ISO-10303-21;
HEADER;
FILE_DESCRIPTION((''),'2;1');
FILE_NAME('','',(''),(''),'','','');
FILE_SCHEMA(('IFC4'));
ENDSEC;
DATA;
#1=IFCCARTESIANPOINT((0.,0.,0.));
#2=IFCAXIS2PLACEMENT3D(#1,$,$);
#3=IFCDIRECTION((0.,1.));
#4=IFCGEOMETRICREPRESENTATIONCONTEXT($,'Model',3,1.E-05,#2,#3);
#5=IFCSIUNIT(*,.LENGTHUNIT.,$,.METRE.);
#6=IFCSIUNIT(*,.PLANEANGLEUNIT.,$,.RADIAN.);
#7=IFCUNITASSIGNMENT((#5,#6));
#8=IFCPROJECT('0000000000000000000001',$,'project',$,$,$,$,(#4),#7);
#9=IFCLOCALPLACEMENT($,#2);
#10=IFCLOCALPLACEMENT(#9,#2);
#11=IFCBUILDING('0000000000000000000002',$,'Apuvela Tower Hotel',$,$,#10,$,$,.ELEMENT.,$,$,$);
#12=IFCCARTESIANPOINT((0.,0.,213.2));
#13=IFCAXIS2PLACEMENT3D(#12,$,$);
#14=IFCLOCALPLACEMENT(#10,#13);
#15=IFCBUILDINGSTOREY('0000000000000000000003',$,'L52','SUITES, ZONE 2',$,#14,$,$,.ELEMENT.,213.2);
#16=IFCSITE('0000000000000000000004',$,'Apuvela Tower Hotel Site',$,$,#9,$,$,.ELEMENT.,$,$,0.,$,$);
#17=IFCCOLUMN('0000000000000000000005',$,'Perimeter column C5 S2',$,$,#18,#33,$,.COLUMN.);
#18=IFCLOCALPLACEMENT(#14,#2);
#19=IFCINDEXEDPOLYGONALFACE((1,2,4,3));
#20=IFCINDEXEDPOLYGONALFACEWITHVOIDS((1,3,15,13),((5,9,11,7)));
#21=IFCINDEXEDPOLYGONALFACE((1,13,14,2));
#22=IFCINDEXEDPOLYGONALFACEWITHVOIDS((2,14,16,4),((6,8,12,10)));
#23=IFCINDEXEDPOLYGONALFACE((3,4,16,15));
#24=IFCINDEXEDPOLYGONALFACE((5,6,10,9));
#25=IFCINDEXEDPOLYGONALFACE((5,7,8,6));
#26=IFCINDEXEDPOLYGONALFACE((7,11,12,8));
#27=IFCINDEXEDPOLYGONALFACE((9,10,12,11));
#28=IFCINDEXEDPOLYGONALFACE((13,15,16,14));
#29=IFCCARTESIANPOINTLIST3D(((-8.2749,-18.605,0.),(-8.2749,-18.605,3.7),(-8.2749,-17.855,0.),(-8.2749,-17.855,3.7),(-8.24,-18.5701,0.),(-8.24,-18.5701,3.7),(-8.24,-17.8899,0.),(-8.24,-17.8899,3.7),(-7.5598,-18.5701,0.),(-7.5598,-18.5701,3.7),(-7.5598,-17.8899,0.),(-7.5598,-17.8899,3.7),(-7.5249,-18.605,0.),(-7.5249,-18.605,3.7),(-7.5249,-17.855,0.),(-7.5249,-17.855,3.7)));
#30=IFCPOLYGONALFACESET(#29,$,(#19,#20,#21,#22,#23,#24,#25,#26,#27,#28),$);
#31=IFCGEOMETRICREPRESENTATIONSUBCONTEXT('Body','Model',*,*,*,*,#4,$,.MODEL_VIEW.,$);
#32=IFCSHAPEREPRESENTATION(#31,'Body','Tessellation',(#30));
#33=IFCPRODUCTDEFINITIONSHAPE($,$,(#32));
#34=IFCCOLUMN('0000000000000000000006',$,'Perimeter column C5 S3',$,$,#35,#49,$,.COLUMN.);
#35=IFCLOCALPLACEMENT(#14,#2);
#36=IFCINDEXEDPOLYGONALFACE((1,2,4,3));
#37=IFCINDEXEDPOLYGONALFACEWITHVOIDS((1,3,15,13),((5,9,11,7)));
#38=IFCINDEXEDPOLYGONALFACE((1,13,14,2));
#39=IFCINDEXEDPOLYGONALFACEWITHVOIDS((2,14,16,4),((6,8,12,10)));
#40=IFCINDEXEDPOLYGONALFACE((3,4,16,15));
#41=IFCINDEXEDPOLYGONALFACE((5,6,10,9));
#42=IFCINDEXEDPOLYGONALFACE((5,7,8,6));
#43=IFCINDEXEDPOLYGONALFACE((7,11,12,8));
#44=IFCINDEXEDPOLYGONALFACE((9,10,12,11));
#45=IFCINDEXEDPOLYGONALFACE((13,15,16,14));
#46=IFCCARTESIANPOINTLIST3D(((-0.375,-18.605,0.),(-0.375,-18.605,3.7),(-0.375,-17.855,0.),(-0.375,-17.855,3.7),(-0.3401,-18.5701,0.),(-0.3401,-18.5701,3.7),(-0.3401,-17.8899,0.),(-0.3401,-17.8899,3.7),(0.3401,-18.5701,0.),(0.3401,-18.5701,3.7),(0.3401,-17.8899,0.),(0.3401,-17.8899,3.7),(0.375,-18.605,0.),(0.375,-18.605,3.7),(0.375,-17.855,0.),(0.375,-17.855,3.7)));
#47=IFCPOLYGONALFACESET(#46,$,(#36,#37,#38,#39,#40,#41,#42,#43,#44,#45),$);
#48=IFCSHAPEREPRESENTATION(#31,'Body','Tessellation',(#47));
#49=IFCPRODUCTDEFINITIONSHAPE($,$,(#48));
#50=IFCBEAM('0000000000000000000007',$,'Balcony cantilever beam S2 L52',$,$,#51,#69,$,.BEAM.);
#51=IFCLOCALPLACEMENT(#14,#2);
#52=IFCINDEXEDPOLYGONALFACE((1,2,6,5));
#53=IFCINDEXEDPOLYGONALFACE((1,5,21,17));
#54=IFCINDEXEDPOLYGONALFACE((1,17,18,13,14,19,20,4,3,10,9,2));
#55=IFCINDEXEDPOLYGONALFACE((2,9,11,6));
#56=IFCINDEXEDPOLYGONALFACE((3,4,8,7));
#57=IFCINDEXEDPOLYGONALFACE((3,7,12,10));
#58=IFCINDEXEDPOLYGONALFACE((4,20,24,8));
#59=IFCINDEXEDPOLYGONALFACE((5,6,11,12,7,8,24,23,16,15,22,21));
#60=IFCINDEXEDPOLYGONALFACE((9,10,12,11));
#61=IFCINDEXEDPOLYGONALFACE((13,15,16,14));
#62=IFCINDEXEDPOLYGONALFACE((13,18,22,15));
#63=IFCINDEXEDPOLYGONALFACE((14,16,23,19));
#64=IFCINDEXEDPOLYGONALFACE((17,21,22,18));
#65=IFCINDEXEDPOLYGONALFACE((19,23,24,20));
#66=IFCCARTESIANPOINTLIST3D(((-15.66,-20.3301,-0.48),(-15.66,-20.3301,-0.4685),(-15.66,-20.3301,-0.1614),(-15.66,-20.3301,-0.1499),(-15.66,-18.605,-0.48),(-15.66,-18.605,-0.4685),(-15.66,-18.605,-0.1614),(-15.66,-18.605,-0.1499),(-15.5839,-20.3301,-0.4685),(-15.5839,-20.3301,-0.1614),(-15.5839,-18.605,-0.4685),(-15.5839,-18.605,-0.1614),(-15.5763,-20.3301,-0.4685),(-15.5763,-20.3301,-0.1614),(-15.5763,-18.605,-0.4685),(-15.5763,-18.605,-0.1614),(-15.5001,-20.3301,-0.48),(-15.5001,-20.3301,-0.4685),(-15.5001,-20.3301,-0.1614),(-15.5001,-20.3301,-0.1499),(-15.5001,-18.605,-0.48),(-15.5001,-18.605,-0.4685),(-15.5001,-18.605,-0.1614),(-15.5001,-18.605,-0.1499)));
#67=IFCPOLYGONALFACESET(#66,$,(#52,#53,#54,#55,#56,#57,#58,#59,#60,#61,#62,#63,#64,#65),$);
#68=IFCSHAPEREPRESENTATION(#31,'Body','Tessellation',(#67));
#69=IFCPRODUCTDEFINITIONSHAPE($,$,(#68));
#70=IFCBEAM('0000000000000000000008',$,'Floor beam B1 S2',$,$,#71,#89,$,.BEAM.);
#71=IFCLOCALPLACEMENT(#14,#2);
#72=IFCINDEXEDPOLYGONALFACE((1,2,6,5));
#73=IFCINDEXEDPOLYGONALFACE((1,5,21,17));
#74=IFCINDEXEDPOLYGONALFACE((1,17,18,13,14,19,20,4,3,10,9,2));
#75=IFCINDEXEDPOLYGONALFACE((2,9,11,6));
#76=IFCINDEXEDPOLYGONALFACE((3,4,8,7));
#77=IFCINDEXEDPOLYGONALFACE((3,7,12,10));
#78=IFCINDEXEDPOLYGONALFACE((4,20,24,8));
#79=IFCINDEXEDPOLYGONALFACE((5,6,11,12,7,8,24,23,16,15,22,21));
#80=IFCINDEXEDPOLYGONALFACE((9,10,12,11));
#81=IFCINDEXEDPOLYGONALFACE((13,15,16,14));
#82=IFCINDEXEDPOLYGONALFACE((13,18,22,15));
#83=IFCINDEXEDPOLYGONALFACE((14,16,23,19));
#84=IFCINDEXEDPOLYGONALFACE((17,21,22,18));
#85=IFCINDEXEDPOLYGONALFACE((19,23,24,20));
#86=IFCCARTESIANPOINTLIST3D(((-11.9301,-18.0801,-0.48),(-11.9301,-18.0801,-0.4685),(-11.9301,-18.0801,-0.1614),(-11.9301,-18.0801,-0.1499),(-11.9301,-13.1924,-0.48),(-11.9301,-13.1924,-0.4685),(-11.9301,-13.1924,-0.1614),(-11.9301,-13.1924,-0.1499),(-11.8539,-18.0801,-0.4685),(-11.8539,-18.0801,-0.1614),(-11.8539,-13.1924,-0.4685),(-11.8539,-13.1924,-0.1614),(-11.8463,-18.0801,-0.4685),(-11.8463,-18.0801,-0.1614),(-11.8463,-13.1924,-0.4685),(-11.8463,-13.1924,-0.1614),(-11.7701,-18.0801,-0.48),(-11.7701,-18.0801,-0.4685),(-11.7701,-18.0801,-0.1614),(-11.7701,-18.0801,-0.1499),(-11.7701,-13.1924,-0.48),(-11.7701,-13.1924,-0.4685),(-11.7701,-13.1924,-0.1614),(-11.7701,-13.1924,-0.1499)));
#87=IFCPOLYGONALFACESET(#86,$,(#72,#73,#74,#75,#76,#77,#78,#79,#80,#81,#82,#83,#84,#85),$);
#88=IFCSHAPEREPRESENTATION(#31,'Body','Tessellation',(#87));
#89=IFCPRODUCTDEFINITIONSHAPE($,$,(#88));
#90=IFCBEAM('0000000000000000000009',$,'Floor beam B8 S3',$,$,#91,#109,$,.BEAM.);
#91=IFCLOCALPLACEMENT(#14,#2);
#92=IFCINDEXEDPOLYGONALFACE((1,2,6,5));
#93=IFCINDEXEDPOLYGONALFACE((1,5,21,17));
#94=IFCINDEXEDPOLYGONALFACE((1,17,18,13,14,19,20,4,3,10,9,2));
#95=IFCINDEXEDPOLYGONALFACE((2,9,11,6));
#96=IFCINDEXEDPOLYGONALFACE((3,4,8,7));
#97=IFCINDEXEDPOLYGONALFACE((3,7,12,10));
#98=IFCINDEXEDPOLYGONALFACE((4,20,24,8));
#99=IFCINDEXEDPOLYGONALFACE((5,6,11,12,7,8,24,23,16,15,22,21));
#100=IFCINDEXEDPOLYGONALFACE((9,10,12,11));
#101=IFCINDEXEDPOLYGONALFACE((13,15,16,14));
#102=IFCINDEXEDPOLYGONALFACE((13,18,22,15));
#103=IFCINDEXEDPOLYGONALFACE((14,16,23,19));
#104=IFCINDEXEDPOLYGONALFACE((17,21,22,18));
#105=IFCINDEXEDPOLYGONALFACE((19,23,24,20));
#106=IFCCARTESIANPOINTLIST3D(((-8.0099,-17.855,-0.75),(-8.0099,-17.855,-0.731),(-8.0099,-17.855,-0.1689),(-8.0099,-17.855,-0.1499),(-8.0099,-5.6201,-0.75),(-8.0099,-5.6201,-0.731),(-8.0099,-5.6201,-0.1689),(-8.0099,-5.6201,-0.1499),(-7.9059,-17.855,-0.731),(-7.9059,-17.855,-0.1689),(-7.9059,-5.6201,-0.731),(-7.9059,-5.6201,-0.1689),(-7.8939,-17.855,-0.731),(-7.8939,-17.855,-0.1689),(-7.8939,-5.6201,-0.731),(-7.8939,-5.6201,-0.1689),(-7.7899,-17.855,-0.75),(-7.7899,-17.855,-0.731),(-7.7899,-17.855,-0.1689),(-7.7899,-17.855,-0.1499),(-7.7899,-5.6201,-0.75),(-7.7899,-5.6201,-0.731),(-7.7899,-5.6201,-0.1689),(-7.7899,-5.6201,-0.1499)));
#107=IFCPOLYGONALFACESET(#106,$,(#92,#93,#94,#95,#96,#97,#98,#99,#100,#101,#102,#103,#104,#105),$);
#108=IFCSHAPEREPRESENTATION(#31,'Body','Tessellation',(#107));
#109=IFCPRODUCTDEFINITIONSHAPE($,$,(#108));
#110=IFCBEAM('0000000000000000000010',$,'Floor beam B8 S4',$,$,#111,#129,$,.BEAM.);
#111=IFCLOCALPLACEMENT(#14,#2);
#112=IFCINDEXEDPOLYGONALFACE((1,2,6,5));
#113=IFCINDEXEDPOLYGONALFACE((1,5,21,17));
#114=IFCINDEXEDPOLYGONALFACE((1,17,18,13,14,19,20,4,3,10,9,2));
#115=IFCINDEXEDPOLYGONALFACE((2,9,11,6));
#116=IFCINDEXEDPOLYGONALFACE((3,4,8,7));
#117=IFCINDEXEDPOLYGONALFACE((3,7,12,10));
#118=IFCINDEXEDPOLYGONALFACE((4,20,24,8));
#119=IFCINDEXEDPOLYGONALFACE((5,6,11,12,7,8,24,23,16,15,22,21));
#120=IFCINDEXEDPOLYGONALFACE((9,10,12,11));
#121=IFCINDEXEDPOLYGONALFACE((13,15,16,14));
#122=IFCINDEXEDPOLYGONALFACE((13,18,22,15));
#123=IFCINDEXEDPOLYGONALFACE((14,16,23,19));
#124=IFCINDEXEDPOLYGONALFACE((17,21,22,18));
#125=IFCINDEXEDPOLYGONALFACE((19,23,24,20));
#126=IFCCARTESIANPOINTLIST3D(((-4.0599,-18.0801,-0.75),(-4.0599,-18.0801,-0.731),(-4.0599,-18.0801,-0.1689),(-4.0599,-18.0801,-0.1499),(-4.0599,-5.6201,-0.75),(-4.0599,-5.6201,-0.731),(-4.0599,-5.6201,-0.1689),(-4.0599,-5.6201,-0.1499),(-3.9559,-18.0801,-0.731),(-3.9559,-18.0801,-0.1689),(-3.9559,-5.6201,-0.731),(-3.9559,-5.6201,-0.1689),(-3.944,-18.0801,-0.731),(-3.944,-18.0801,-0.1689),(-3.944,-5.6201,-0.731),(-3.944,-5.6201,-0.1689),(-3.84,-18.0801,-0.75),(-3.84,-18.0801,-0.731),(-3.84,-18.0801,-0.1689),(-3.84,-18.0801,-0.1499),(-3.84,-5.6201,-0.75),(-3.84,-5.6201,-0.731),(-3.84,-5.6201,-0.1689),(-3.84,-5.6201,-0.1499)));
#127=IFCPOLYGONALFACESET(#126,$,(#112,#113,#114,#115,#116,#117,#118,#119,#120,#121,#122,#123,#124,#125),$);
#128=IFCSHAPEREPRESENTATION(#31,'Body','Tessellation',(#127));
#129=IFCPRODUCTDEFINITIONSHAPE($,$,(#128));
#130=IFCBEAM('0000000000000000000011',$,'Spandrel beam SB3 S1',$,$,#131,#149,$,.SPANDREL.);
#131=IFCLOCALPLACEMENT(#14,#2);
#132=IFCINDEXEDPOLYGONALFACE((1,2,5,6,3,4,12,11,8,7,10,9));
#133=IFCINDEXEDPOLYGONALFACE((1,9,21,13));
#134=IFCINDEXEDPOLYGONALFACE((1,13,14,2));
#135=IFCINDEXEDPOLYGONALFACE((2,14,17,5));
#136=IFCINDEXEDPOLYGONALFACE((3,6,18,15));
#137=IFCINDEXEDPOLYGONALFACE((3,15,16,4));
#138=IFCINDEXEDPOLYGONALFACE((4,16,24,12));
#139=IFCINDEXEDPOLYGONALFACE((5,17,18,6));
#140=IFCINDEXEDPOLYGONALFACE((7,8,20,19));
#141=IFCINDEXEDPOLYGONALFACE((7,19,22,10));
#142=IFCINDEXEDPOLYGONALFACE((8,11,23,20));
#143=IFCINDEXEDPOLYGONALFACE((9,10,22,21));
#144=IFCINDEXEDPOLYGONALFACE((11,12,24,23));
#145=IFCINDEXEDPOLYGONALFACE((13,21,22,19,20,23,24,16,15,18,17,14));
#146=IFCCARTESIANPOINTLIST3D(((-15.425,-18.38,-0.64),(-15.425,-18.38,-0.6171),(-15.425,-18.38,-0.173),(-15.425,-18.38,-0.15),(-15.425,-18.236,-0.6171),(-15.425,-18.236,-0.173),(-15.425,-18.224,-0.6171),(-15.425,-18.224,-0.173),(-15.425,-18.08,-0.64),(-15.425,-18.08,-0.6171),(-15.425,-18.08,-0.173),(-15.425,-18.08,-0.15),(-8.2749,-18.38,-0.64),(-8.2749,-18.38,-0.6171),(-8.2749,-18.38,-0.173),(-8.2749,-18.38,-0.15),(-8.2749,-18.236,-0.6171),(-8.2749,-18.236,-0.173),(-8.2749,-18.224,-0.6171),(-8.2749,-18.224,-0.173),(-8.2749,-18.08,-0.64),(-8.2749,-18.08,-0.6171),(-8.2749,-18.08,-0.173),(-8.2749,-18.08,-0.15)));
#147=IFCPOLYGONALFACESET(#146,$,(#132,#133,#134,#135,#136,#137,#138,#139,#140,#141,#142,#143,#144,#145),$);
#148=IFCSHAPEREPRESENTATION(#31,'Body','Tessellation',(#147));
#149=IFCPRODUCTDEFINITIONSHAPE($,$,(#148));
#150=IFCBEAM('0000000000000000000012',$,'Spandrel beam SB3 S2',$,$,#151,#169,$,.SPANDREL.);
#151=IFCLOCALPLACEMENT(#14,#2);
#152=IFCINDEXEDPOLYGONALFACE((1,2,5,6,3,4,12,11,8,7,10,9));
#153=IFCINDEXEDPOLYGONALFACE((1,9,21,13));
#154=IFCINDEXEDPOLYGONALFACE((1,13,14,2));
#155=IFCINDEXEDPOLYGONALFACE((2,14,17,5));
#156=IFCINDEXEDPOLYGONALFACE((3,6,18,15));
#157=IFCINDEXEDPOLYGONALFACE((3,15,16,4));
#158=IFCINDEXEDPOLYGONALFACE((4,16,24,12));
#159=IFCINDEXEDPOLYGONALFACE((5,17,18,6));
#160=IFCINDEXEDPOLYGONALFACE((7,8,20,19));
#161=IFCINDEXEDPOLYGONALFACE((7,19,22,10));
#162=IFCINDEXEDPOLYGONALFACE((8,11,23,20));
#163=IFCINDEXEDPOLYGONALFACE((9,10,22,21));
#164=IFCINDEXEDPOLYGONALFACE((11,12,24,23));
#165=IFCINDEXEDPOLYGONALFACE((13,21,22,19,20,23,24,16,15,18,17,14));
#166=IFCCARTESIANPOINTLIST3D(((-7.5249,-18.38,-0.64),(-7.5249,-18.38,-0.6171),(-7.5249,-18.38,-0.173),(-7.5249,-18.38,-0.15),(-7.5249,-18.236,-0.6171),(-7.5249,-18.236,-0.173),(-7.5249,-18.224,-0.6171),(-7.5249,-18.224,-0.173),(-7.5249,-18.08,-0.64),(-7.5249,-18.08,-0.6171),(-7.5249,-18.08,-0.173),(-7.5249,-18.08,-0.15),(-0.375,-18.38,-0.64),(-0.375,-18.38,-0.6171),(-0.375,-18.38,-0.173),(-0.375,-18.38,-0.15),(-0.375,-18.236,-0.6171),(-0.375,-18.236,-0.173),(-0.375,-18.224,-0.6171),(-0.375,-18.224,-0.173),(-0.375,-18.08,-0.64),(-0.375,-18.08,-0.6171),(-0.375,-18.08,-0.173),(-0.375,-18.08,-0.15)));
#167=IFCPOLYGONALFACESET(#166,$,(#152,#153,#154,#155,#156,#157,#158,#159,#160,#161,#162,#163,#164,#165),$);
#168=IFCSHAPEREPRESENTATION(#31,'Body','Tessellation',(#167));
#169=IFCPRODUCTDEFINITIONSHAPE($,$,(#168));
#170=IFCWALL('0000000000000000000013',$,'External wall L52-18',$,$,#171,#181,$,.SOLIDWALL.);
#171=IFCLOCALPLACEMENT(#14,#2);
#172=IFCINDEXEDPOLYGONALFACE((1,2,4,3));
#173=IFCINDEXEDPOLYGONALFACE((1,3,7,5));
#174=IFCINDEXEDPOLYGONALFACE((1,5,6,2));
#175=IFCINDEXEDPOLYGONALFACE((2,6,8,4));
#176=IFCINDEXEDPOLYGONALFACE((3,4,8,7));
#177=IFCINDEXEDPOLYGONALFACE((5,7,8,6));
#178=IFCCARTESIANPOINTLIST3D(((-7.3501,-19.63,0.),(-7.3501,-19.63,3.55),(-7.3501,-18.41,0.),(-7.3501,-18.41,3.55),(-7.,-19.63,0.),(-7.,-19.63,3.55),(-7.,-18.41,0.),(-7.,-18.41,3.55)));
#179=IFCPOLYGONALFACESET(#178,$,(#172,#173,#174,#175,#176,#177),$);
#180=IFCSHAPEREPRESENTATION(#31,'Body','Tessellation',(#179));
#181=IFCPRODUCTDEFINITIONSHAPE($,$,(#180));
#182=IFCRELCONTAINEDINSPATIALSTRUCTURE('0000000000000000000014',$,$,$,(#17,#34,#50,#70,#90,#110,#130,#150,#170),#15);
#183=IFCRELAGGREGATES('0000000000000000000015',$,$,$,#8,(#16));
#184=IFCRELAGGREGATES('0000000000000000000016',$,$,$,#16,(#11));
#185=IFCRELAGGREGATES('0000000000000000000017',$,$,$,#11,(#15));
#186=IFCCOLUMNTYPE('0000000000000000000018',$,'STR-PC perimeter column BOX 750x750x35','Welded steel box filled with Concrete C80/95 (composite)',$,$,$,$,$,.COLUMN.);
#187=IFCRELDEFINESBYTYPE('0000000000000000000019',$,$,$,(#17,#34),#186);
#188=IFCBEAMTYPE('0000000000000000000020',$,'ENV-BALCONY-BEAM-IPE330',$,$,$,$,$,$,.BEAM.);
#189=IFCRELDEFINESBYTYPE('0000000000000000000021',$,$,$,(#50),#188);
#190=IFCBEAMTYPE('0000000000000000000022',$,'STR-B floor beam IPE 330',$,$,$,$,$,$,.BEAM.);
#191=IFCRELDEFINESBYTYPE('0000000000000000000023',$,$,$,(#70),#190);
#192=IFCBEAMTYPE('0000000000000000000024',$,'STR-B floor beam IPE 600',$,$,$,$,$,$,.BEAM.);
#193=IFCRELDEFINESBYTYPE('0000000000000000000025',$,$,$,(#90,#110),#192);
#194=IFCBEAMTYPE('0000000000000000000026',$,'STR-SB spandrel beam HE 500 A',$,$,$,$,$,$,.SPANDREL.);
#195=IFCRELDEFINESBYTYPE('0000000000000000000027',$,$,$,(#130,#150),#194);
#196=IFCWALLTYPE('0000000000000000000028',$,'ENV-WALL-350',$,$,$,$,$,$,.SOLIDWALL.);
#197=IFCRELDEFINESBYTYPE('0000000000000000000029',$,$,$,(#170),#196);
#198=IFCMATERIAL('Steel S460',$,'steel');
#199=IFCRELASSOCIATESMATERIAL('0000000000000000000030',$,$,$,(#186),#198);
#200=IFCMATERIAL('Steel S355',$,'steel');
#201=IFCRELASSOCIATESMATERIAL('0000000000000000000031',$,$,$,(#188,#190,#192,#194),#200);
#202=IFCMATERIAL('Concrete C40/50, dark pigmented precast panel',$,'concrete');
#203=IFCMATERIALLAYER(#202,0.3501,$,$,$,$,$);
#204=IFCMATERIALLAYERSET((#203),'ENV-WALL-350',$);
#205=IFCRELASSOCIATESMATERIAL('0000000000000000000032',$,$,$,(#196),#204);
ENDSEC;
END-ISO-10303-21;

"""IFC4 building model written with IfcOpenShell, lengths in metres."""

from ifc_helpers import new_model, si_unit, direction, frame, frame_2d, origin, origin_2d, place, context, subcontext, project, spatial, rectangle, hollow_rectangle, i_section, extrude, material, layer, layer_set, material_profile, profile_set, type_object, element, save


model = new_model("IFC4")

# Units and contexts
model_context = context("Model", 3, precision=1e-05, world=origin(), true_north=direction((0.0, 1.0)))
body_context = subcontext(model_context, "Body", "Model", "MODEL_VIEW")
ifc_project = project(units=[si_unit("LENGTHUNIT", "METRE"), si_unit("PLANEANGLEUNIT", "RADIAN")], contexts=[model_context])

# Site, building, storey
site_placement = place(None, origin())
site = spatial("IfcSite", under=ifc_project, at=site_placement, Name="Apuvela Tower Hotel Site", CompositionType="ELEMENT", RefElevation=0.0)
building_placement = place(site_placement, origin())
building = spatial("IfcBuilding", under=site, at=building_placement, Name="Apuvela Tower Hotel", CompositionType="ELEMENT")
storey_placement = place(building_placement, frame((0.0, 0.0, 213.2)))
storey = spatial("IfcBuildingStorey", under=building, at=storey_placement, Name="L52", Description="SUITES, ZONE 2", CompositionType="ELEMENT", Elevation=213.2)

# Columns
ifc_material_1 = material(Name="Steel S460", Category="steel")
ifc_material_profile_1 = material_profile(ifc_material_1, hollow_rectangle(XDim=0.75, YDim=0.75, WallThickness=0.0349, at=origin_2d()), Name="BOX 750x750x35")
ifc_material_2 = material(Name="Concrete C80/95", Category="concrete")
ifc_material_profile_2 = material_profile(ifc_material_2, rectangle(XDim=0.6799, YDim=0.6799, at=origin_2d()), Name="Concrete C80/95 infill")
ifc_profile_set_1 = profile_set([ifc_material_profile_1, ifc_material_profile_2], Name="Steel S460")
column_type = type_object("IfcColumnType", Name="STR-PC perimeter column BOX 750x750x35", Description="Welded steel box filled with Concrete C80/95 (composite)", PredefinedType="COLUMN", material=ifc_profile_set_1)
for number, where, z_axis, x_axis, name in (
    (1, (-7.8999, -18.23, 0.0), (0.0, 0.0, 1.0), (-1.0, 0.0, 0.0), "Perimeter column C5 S2"),
    (2, (0.0, -18.23, 0.0), (0.0, 0.0, 1.0), (-1.0, 0.0, 0.0), "Perimeter column C5 S3"),
):
    element("IfcColumn", number, at=place(storey_placement, frame(where, z_axis=z_axis, x_axis=x_axis)), inside=storey, type_object=column_type, Name=name, PredefinedType="COLUMN", context=body_context, shape_type="SweptSolid", body=[
        extrude(hollow_rectangle(XDim=0.75, YDim=0.75, WallThickness=0.0349, at=origin_2d()), origin(), (0.0, 0.0, 1.0), 3.7),
    ])

# Beams
ifc_material_3 = material(Name="Steel S355", Category="steel")
ifc_material_profile_3 = material_profile(ifc_material_3, i_section(OverallWidth=0.1599, OverallDepth=0.3301, WebThickness=0.0076, FlangeThickness=0.0115, at=origin_2d()), Name="IPE 330")
ifc_profile_set_2 = profile_set([ifc_material_profile_3], Name="Steel S355")
beam_type_1 = type_object("IfcBeamType", Name="ENV-BALCONY-BEAM-IPE330", PredefinedType="BEAM", material=ifc_profile_set_2)
beam_1_placement = place(storey_placement, frame((-15.5801, -18.605, -0.3149), z_axis=(0.0, -1.0, 0.0), x_axis=(1.0, 0.0, 0.0)))
element("IfcBeam", 3, at=beam_1_placement, inside=storey, type_object=beam_type_1, Name="Balcony cantilever beam S2 L52", PredefinedType="BEAM", context=body_context, shape_type="SweptSolid", body=[
    extrude(i_section(OverallWidth=0.1599, OverallDepth=0.3301, WebThickness=0.0076, FlangeThickness=0.0115, at=origin_2d()), origin(), (0.0, 0.0, 1.0), 1.7251),
])
ifc_material_profile_4 = material_profile(ifc_material_3, i_section(OverallWidth=0.1599, OverallDepth=0.3301, WebThickness=0.0076, FlangeThickness=0.0115, at=origin_2d()), Name="IPE 330")
ifc_profile_set_3 = profile_set([ifc_material_profile_4], Name="Steel S355")
beam_type_2 = type_object("IfcBeamType", Name="STR-B floor beam IPE 330", PredefinedType="BEAM", material=ifc_profile_set_3)
beam_2_placement = place(storey_placement, frame((-11.8501, -18.0801, -0.3149), z_axis=(0.0, 1.0, 0.0), x_axis=(-1.0, 0.0, 0.0)))
element("IfcBeam", 4, at=beam_2_placement, inside=storey, type_object=beam_type_2, Name="Floor beam B1 S2", PredefinedType="BEAM", context=body_context, shape_type="SweptSolid", body=[
    extrude(i_section(OverallWidth=0.1599, OverallDepth=0.3301, WebThickness=0.0076, FlangeThickness=0.0115, at=origin_2d()), origin(), (0.0, 0.0, 1.0), 4.8877),
])
ifc_material_profile_5 = material_profile(ifc_material_3, i_section(OverallWidth=0.22, OverallDepth=0.6001, WebThickness=0.012, FlangeThickness=0.019, at=origin_2d()), Name="IPE 600")
ifc_profile_set_4 = profile_set([ifc_material_profile_5], Name="Steel S355")
beam_type_3 = type_object("IfcBeamType", Name="STR-B floor beam IPE 600", PredefinedType="BEAM", material=ifc_profile_set_4)
beam_3_placement = place(storey_placement, frame((-7.8999, -17.855, -0.45), z_axis=(0.0, 1.0, 0.0), x_axis=(-1.0, 0.0, 0.0)))
element("IfcBeam", 5, at=beam_3_placement, inside=storey, type_object=beam_type_3, Name="Floor beam B8 S3", PredefinedType="BEAM", context=body_context, shape_type="SweptSolid", body=[
    extrude(i_section(OverallWidth=0.22, OverallDepth=0.6001, WebThickness=0.012, FlangeThickness=0.019, at=origin_2d()), origin(), (0.0, 0.0, 1.0), 12.2349),
])
beam_4_placement = place(storey_placement, frame((-3.95, -18.0801, -0.45), z_axis=(0.0, 1.0, 0.0), x_axis=(-1.0, 0.0, 0.0)))
element("IfcBeam", 6, at=beam_4_placement, inside=storey, type_object=beam_type_3, Name="Floor beam B8 S4", PredefinedType="BEAM", context=body_context, shape_type="SweptSolid", body=[
    extrude(i_section(OverallWidth=0.22, OverallDepth=0.6001, WebThickness=0.012, FlangeThickness=0.019, at=origin_2d()), origin(), (0.0, 0.0, 1.0), 12.46),
])
ifc_material_profile_6 = material_profile(ifc_material_3, i_section(OverallWidth=0.3, OverallDepth=0.49, WebThickness=0.012, FlangeThickness=0.0229, at=origin_2d()), Name="HE 500 A")
ifc_profile_set_5 = profile_set([ifc_material_profile_6], Name="Steel S355")
beam_type_4 = type_object("IfcBeamType", Name="STR-SB spandrel beam HE 500 A", PredefinedType="SPANDREL", material=ifc_profile_set_5)
beam_5_placement = place(storey_placement, frame((-15.425, -18.23, -0.395), z_axis=(1.0, 0.0, 0.0), x_axis=(0.0, 1.0, 0.0)))
element("IfcBeam", 7, at=beam_5_placement, inside=storey, type_object=beam_type_4, Name="Spandrel beam SB3 S1", PredefinedType="SPANDREL", context=body_context, shape_type="SweptSolid", body=[
    extrude(i_section(OverallWidth=0.3, OverallDepth=0.49, WebThickness=0.012, FlangeThickness=0.0229, at=origin_2d()), origin(), (0.0, 0.0, 1.0), 7.1501),
])
beam_6_placement = place(storey_placement, frame((-7.5249, -18.23, -0.395), z_axis=(1.0, 0.0, 0.0), x_axis=(0.0, 1.0, 0.0)))
element("IfcBeam", 8, at=beam_6_placement, inside=storey, type_object=beam_type_4, Name="Spandrel beam SB3 S2", PredefinedType="SPANDREL", context=body_context, shape_type="SweptSolid", body=[
    extrude(i_section(OverallWidth=0.3, OverallDepth=0.49, WebThickness=0.012, FlangeThickness=0.0229, at=origin_2d()), origin(), (0.0, 0.0, 1.0), 7.1499),
])

# Wall
ifc_material_4 = material(Name="Concrete C40/50, dark pigmented precast panel", Category="concrete")
ifc_layer_1 = layer(ifc_material_4, 0.3501)
ifc_layer_set_1 = layer_set([ifc_layer_1], Name="ENV-WALL-350")
wall_type_1 = type_object("IfcWallType", Name="ENV-WALL-350", PredefinedType="SOLIDWALL", material=ifc_layer_set_1)
wall_1_placement = place(storey_placement, frame((-7.175, -19.6299, 0.0), z_axis=(0.0, 0.0, 1.0), x_axis=(0.0, 1.0, 0.0)))
element("IfcWall", 9, at=wall_1_placement, inside=storey, type_object=wall_type_1, Name="External wall L52-18", PredefinedType="SOLIDWALL", context=body_context, shape_type="SweptSolid", body=[
    extrude(rectangle(XDim=1.22, YDim=0.3501, at=frame_2d((0.6099, 0.0))), origin(), (0.0, 0.0, 1.0), 3.55),
])

save(model, "model.ifc")
